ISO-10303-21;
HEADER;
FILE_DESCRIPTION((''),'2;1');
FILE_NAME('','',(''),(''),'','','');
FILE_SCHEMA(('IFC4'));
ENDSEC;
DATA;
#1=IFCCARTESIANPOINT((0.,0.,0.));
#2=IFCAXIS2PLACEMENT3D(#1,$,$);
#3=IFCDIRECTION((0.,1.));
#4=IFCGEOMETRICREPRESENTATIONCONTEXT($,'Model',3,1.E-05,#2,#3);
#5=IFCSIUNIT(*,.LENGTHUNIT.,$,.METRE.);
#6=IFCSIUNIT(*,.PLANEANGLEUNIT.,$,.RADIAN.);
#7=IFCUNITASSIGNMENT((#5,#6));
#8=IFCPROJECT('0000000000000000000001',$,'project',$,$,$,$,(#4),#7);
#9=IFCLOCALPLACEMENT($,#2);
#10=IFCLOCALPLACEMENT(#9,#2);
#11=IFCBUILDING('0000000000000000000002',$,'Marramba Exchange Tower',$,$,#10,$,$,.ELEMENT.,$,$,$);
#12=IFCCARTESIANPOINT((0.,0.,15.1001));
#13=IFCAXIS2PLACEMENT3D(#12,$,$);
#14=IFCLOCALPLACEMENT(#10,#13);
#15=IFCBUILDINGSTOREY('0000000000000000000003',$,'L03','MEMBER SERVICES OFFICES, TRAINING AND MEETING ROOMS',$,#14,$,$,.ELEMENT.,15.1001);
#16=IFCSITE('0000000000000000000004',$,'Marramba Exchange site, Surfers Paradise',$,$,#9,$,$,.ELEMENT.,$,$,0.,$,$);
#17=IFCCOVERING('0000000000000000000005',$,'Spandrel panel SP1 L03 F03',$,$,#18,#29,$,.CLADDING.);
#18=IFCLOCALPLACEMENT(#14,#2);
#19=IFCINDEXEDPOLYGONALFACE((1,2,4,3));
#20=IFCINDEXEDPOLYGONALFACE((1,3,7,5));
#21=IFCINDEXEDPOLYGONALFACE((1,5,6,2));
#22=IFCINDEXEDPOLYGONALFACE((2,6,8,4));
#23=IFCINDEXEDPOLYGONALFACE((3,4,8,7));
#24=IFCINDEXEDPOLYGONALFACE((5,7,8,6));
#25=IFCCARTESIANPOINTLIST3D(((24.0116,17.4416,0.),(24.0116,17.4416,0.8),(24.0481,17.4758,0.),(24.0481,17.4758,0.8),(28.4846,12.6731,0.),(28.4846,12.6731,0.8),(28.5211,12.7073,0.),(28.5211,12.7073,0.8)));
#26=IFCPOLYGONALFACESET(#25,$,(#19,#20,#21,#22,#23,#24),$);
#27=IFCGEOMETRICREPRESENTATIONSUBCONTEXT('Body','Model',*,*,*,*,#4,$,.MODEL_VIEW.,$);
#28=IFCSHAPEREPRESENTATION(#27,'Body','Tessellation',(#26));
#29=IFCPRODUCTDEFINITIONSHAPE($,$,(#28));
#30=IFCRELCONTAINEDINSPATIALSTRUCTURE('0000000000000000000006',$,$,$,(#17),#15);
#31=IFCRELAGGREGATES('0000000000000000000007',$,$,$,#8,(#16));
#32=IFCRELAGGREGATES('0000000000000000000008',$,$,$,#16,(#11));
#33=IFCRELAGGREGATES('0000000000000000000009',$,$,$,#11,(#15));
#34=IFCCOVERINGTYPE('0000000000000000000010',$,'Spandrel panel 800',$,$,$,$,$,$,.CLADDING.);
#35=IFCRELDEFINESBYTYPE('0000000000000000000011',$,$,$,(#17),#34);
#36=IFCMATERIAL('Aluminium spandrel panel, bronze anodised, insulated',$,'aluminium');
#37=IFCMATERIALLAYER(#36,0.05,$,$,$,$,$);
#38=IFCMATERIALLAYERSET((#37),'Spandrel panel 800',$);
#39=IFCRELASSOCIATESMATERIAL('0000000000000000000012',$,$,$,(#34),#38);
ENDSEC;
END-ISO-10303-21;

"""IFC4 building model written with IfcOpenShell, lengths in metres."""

from ifc_helpers import new_model, si_unit, direction, frame, origin, origin_2d, place, context, subcontext, project, spatial, rectangle, extrude, material, layer, layer_set, type_object, element, save


model = new_model("IFC4")

# Units and contexts
model_context = context("Model", 3, precision=1e-05, world=origin(), true_north=direction((0.0, 1.0)))
body_context = subcontext(model_context, "Body", "Model", "MODEL_VIEW")
ifc_project = project(units=[si_unit("LENGTHUNIT", "METRE"), si_unit("PLANEANGLEUNIT", "RADIAN")], contexts=[model_context])

# Site, building, storey
site_placement = place(None, origin())
site = spatial("IfcSite", under=ifc_project, at=site_placement, Name="Marramba Exchange site, Surfers Paradise", CompositionType="ELEMENT", RefElevation=0.0)
building_placement = place(site_placement, origin())
building = spatial("IfcBuilding", under=site, at=building_placement, Name="Marramba Exchange Tower", CompositionType="ELEMENT")
storey_placement = place(building_placement, frame((0.0, 0.0, 15.1001)))
storey = spatial("IfcBuildingStorey", under=building, at=storey_placement, Name="L03", Description="MEMBER SERVICES OFFICES, TRAINING AND MEETING ROOMS", CompositionType="ELEMENT", Elevation=15.1001)

# Covering
ifc_material_1 = material(Name="Aluminium spandrel panel, bronze anodised, insulated", Category="aluminium")
ifc_layer_1 = layer(ifc_material_1, 0.05)
ifc_layer_set_1 = layer_set([ifc_layer_1], Name="Spandrel panel 800")
covering_type = type_object("IfcCoveringType", Name="Spandrel panel 800", PredefinedType="CLADDING", material=ifc_layer_set_1)
covering_placement = place(storey_placement, frame((26.2664, 15.0745, 0.0), z_axis=(0.0, 0.0, 1.0), x_axis=(-0.684147, 0.729344, 0.0)))
element("IfcCovering", 1, at=covering_placement, inside=storey, type_object=covering_type, Name="Spandrel panel SP1 L03 F03", PredefinedType="CLADDING", context=body_context, shape_type="SweptSolid", body=[
    extrude(rectangle(XDim=6.5381, YDim=0.05, at=origin_2d()), origin(), (0.0, 0.0, 1.0), 0.8),
])

save(model, "model.ifc")
